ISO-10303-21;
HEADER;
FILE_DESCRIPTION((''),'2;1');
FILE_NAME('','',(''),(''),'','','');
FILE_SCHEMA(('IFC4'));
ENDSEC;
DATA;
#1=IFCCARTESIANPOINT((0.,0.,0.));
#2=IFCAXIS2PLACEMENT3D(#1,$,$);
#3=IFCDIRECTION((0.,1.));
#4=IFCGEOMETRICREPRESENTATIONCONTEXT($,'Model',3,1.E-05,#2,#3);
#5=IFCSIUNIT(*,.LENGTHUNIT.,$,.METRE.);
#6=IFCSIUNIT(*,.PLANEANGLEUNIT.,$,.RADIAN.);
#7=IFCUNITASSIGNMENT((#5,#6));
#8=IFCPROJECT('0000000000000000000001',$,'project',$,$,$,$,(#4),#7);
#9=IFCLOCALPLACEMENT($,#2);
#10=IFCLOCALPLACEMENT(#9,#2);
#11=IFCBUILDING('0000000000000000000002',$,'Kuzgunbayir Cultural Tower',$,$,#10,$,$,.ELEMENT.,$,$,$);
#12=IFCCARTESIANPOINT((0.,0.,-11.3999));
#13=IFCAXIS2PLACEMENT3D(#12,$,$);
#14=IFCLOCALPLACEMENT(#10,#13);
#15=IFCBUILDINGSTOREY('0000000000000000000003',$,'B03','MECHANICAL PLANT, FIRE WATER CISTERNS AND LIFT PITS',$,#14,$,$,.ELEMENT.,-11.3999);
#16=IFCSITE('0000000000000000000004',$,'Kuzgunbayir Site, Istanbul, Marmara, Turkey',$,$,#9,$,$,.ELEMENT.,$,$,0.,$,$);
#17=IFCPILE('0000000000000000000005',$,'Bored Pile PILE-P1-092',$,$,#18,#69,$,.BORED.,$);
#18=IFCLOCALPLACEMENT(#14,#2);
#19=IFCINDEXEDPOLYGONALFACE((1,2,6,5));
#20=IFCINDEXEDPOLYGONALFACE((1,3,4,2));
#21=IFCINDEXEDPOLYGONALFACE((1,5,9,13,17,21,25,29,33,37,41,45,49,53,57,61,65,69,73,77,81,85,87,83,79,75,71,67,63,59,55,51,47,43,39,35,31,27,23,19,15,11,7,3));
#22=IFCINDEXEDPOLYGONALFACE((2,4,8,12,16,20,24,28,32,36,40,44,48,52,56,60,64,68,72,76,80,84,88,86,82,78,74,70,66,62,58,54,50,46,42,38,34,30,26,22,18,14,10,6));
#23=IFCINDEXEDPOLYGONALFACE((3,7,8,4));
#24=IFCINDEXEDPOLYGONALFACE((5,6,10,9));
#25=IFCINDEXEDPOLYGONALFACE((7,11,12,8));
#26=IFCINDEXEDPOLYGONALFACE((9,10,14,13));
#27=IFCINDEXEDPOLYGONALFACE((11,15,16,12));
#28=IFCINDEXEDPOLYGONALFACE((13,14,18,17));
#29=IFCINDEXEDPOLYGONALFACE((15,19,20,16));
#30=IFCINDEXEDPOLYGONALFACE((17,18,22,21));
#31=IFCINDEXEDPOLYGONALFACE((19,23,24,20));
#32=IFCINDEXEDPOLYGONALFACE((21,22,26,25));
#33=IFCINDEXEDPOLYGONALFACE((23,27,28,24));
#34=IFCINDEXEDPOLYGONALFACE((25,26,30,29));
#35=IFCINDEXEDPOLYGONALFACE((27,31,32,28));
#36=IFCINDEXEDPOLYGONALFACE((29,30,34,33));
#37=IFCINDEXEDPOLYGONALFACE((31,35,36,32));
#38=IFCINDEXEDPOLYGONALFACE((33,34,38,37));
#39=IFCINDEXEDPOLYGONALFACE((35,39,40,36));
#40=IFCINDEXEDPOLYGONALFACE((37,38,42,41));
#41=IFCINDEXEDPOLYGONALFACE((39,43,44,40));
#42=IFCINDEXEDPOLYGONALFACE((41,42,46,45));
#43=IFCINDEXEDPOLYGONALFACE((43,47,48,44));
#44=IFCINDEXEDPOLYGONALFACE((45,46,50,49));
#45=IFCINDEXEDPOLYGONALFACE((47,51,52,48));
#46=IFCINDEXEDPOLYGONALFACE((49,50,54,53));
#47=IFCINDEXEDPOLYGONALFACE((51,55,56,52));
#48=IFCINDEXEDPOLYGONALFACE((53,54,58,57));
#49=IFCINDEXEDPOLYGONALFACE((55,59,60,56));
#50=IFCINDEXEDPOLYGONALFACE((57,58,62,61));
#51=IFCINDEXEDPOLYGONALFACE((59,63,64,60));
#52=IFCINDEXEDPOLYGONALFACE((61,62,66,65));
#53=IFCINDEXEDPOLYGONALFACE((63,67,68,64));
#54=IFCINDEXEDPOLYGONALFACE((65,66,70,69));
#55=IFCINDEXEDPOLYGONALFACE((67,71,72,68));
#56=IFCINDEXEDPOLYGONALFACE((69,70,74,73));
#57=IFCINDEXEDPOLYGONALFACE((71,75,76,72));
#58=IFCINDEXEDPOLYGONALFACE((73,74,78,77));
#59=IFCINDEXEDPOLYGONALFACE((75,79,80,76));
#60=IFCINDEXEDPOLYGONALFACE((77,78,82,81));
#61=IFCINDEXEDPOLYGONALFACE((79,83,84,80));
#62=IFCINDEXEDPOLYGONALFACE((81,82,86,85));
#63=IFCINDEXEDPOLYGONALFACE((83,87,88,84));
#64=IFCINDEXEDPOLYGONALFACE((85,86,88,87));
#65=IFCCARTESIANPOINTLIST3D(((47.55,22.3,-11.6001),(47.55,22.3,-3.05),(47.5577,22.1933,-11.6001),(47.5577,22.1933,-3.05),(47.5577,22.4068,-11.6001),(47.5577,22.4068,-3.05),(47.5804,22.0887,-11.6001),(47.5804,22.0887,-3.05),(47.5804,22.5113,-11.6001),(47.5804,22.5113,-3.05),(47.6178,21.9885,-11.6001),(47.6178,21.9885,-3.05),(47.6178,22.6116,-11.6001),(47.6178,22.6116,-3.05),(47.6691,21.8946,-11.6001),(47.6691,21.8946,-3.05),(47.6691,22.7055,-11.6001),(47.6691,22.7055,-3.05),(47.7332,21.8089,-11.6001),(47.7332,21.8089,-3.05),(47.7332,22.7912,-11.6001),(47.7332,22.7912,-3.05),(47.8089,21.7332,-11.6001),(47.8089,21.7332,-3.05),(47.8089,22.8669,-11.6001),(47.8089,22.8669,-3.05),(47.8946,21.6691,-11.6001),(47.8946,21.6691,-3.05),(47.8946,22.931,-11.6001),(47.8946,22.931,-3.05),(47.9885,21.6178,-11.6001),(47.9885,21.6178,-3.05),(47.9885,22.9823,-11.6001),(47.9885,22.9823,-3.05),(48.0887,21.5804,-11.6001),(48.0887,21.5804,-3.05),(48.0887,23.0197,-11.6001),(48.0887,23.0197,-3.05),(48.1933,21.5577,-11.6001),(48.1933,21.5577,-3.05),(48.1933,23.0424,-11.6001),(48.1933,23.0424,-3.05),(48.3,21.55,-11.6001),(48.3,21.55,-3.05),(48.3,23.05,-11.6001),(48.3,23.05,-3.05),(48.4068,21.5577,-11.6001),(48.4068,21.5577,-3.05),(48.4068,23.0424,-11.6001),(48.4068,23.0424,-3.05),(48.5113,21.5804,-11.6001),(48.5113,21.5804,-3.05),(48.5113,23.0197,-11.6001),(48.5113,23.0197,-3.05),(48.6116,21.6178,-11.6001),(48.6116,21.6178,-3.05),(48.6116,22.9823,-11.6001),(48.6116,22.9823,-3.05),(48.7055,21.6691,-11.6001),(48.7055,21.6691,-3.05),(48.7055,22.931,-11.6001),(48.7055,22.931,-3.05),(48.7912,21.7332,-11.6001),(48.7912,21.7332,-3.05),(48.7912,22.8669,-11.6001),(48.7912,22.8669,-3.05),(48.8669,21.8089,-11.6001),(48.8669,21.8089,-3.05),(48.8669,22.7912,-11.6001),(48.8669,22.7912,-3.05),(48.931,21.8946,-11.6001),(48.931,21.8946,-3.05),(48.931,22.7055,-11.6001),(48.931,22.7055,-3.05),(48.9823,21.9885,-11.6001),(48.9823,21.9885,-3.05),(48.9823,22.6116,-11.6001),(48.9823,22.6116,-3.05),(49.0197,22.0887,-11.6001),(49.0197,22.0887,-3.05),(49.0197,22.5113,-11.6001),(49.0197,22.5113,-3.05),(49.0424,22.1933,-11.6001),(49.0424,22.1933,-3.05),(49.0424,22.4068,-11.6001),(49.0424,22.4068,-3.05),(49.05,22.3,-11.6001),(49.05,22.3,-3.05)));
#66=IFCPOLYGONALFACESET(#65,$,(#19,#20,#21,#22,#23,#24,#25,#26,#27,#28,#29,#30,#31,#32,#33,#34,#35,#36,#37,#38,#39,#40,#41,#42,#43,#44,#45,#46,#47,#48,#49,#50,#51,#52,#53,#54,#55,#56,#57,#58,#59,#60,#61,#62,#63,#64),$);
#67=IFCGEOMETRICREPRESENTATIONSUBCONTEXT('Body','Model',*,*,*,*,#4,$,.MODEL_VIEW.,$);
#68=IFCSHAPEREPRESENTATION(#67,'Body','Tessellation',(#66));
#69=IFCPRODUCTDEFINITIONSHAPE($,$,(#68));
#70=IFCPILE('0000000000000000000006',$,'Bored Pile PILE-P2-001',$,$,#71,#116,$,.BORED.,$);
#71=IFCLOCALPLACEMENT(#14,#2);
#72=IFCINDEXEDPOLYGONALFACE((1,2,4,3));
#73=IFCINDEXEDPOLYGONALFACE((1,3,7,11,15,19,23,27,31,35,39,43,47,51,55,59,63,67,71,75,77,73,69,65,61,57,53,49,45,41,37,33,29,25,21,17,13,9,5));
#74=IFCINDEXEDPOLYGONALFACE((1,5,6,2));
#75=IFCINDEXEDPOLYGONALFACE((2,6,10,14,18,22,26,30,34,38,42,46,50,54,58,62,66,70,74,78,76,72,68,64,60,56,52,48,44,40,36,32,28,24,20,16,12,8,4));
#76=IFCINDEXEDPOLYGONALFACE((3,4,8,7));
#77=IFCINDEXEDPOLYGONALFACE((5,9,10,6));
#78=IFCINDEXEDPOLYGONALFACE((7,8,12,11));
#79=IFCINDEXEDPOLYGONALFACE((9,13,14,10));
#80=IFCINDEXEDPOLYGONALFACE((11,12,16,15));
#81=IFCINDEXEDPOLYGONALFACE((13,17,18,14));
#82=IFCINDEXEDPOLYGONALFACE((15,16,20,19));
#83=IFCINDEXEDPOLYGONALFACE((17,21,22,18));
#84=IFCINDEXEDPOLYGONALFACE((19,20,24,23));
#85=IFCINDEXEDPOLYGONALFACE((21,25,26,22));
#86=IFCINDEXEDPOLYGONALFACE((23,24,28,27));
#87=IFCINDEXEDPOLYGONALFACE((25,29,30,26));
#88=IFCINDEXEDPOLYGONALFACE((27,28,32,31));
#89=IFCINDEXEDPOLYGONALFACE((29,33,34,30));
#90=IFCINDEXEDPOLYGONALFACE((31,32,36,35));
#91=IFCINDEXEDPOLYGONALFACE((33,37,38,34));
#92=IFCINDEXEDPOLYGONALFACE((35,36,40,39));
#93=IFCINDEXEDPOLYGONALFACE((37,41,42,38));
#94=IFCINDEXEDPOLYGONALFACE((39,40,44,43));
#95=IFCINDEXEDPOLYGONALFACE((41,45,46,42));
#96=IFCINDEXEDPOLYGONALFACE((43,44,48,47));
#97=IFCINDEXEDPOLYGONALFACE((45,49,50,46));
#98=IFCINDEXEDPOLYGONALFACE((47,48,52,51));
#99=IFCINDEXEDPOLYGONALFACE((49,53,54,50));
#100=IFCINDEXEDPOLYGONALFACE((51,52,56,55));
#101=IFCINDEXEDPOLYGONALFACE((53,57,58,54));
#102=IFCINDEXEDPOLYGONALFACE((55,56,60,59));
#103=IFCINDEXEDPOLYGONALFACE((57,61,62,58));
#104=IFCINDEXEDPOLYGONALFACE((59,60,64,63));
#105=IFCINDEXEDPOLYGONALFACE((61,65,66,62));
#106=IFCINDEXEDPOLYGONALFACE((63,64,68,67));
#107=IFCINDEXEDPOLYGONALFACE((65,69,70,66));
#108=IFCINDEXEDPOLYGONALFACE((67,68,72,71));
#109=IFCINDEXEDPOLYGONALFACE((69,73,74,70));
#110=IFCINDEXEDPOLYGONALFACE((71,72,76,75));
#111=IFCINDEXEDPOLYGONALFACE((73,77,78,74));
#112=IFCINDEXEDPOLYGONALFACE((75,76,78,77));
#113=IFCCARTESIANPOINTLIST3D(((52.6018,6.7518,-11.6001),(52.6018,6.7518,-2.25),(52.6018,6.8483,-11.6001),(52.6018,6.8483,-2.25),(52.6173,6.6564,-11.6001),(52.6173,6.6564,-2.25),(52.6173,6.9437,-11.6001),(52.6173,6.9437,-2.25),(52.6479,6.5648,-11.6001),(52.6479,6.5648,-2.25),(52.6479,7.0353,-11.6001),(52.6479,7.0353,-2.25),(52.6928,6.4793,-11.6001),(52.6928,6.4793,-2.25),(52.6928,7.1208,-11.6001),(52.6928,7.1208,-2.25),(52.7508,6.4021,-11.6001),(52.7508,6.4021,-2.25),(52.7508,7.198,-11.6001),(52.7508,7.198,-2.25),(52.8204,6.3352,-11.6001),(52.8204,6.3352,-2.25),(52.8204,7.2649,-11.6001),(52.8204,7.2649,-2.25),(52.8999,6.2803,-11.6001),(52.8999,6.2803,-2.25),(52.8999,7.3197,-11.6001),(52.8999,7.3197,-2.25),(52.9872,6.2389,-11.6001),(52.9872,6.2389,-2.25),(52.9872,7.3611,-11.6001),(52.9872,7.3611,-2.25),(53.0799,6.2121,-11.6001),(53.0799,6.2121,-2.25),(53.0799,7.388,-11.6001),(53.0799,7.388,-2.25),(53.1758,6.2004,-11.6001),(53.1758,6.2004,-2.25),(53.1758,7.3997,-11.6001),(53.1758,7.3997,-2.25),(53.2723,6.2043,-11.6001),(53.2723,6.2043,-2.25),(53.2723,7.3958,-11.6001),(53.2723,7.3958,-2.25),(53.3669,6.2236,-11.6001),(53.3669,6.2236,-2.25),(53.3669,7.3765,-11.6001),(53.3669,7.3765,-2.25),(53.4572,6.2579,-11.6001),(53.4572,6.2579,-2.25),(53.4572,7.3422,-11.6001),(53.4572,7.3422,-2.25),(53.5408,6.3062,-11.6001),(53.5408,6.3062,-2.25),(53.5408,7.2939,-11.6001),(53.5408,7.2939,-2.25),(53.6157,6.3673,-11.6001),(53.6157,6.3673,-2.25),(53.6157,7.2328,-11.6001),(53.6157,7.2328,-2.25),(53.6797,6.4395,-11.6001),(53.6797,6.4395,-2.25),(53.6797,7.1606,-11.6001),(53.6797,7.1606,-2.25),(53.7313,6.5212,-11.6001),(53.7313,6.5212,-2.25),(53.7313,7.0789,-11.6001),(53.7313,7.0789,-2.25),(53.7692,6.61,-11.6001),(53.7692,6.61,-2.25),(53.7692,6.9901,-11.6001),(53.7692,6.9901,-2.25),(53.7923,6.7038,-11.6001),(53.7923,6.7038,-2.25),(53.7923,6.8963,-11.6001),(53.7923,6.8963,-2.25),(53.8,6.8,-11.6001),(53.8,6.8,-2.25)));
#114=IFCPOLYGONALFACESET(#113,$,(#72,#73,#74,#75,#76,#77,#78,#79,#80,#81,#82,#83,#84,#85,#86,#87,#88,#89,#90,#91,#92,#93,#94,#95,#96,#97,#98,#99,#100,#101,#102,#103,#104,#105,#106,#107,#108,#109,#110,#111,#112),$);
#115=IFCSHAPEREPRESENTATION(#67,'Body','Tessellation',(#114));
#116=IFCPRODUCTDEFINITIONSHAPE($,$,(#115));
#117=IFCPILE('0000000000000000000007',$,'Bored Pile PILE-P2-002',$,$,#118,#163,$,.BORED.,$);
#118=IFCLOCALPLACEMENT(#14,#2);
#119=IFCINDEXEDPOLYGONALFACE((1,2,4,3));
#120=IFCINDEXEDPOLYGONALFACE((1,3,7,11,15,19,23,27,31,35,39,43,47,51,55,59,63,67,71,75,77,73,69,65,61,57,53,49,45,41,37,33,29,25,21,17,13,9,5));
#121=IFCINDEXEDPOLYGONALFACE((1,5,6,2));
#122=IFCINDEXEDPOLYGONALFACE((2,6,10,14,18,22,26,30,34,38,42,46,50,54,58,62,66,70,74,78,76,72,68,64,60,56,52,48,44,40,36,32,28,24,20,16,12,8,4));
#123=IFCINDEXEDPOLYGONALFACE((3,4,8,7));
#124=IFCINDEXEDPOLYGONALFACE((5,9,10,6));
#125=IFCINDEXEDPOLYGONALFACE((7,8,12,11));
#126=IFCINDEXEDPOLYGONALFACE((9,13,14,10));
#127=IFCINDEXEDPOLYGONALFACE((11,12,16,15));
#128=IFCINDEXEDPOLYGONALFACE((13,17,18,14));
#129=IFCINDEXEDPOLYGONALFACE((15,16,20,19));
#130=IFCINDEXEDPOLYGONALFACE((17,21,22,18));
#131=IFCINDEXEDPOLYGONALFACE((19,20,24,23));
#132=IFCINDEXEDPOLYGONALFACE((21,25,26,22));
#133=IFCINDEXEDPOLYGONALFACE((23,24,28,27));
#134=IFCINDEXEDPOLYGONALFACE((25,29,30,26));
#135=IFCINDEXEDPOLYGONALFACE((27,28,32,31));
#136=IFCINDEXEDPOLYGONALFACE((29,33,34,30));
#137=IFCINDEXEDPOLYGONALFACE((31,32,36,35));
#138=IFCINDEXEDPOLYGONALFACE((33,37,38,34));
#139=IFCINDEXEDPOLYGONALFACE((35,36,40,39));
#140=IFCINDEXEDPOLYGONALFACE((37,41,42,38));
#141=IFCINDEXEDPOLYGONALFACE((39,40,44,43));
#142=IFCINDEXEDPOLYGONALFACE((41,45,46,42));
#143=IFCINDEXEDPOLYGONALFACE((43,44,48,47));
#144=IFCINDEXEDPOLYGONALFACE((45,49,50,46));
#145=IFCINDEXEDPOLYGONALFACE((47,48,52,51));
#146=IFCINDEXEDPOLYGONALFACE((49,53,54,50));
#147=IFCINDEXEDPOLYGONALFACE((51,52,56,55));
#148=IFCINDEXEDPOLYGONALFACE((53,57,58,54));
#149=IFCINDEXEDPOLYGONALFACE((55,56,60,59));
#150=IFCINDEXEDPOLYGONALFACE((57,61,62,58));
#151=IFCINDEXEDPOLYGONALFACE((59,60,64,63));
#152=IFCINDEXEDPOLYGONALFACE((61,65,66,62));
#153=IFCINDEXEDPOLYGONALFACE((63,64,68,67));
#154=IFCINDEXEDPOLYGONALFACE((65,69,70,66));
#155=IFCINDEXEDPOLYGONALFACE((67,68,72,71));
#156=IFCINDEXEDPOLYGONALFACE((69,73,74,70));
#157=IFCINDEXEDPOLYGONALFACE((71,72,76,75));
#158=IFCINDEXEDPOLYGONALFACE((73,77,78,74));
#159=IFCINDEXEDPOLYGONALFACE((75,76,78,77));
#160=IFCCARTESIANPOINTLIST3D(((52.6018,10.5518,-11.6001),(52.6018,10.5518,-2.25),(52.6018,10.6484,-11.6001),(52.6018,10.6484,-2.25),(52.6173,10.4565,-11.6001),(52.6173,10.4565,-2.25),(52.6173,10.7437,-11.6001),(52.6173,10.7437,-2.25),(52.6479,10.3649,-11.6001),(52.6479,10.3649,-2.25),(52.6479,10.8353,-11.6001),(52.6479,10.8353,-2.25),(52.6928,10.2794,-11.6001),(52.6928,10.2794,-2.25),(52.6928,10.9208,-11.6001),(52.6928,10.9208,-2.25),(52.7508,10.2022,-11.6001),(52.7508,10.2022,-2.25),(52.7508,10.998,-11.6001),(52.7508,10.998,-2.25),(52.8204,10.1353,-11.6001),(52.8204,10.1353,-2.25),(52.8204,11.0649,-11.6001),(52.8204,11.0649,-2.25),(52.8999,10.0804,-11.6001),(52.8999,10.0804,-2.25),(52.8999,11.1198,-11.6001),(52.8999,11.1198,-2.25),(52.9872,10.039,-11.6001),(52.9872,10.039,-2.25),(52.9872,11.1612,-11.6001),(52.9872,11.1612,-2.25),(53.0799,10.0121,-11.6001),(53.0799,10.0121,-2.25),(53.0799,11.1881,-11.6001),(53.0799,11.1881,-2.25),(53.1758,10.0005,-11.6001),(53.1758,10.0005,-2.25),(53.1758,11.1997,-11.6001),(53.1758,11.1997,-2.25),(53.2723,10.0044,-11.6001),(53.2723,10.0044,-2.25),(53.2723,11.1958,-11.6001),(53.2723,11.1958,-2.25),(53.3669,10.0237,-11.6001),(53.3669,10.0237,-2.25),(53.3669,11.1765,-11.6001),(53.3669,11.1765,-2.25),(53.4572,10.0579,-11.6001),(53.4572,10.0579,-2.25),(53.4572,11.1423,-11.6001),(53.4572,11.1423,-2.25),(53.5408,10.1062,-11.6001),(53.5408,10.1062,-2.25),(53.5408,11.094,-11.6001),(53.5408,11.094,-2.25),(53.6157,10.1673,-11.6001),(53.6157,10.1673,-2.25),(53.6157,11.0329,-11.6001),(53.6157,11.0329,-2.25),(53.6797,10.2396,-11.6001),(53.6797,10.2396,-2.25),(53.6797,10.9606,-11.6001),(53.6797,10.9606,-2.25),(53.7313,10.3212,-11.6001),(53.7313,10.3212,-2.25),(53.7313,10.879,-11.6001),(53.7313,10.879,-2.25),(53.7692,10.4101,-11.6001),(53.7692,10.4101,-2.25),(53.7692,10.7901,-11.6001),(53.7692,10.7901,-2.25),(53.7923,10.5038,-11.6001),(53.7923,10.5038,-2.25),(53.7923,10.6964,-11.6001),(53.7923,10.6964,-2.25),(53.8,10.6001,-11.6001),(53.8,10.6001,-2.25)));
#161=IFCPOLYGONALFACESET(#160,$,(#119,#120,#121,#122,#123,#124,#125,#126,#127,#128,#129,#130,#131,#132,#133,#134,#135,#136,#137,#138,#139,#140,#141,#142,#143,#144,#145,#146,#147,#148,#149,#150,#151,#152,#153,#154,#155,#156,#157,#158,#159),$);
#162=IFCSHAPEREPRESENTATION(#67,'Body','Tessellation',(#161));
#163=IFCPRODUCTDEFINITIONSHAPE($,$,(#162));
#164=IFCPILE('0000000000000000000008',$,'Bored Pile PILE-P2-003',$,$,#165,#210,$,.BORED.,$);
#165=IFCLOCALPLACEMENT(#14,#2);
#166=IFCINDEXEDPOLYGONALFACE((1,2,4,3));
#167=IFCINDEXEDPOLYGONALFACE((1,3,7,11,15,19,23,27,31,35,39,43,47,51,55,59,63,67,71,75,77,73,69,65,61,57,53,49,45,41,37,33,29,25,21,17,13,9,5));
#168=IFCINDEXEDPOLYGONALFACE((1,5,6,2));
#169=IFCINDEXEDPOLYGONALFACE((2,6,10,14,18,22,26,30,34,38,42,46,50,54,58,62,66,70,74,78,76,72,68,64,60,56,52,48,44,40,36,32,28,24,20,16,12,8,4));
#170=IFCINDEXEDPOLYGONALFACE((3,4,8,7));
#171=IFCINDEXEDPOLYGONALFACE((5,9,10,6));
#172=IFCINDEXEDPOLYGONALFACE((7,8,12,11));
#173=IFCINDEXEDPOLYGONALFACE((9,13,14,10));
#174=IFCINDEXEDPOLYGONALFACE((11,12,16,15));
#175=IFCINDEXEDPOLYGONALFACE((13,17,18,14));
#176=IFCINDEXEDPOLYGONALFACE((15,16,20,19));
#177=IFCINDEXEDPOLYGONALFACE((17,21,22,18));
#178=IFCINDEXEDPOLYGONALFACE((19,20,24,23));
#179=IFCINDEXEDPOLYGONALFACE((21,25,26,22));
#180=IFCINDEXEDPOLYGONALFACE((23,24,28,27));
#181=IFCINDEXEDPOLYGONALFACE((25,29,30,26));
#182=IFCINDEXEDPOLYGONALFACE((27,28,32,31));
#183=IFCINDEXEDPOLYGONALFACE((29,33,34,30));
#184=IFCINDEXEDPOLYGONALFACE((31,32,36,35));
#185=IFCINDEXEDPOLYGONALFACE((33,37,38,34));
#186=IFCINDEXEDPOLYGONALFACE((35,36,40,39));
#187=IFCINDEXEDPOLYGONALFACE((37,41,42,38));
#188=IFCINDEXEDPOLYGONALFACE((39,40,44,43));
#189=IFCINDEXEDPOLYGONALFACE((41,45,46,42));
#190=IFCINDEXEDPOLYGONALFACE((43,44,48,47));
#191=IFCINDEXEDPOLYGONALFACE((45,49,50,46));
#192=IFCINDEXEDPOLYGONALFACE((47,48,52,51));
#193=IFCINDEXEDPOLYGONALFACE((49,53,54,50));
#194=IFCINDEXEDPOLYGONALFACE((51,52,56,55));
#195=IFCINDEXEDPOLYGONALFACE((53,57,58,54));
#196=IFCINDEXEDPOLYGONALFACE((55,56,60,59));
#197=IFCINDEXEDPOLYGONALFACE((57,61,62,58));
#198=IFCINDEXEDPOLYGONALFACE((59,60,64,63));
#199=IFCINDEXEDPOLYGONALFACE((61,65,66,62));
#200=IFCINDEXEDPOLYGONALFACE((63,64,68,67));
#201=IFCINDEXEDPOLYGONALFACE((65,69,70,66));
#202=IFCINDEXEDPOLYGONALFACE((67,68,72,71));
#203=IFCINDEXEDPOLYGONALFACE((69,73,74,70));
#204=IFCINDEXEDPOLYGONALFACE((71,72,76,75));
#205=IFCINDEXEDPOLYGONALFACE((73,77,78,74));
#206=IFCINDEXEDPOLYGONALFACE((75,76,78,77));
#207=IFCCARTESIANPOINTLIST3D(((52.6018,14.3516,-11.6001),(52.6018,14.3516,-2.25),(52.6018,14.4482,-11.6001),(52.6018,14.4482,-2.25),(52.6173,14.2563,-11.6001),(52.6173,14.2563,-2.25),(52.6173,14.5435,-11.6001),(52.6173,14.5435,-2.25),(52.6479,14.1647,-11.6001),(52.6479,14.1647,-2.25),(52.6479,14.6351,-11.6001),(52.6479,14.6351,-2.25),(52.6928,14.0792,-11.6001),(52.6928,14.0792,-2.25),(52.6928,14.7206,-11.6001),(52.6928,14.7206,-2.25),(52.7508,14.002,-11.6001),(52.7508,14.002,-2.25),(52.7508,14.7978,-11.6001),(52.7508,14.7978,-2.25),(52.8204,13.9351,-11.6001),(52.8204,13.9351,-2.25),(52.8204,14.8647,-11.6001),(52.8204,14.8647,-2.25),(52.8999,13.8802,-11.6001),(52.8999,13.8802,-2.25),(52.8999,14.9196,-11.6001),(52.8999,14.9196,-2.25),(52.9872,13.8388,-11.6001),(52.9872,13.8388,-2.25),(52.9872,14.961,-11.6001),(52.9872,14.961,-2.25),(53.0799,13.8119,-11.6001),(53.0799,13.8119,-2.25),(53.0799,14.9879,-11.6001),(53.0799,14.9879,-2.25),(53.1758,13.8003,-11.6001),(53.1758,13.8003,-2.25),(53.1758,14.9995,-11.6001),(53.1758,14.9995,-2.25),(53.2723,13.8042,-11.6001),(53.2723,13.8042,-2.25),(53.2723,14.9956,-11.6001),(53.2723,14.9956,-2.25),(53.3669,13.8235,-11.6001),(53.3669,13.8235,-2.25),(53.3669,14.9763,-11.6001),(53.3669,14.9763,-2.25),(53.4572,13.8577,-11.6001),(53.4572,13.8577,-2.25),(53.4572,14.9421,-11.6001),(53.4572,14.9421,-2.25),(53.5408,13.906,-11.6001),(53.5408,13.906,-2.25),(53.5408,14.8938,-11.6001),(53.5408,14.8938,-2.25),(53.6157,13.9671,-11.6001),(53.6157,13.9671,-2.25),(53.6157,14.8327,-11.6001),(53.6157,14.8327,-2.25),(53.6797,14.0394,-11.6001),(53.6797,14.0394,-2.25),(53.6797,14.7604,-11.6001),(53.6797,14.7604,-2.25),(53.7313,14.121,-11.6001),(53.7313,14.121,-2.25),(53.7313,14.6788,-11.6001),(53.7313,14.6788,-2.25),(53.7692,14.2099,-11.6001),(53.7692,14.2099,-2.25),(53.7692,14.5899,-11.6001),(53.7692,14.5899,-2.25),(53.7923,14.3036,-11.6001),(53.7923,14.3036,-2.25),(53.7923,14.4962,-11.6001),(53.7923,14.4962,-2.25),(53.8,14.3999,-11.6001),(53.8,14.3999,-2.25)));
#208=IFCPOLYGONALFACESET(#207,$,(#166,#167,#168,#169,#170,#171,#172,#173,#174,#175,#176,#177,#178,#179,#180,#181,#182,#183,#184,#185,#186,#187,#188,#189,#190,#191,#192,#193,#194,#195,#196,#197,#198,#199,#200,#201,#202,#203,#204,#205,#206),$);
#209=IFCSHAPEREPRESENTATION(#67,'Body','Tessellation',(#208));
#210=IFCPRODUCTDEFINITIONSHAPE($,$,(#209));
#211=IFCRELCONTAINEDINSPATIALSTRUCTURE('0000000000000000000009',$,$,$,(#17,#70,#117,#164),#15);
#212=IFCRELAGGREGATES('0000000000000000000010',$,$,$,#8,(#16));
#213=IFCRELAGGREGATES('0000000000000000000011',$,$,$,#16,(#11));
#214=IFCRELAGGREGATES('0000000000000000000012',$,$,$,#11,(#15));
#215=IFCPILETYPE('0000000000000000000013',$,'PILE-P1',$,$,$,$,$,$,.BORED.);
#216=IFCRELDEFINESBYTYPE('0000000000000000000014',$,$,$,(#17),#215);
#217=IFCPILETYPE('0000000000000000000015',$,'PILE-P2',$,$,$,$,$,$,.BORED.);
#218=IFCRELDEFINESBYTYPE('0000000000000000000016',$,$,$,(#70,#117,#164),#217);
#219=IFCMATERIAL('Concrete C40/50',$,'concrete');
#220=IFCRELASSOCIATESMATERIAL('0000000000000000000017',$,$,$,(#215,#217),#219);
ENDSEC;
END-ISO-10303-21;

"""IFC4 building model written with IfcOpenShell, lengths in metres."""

from ifc_helpers import new_model, si_unit, direction, frame, origin, origin_2d, place, context, subcontext, project, spatial, circle, extrude, material, material_profile, profile_set, type_object, element, save


model = new_model("IFC4")

# Units and contexts
model_context = context("Model", 3, precision=1e-05, world=origin(), true_north=direction((0.0, 1.0)))
body_context = subcontext(model_context, "Body", "Model", "MODEL_VIEW")
ifc_project = project(units=[si_unit("LENGTHUNIT", "METRE"), si_unit("PLANEANGLEUNIT", "RADIAN")], contexts=[model_context])

# Site, building, storey
site_placement = place(None, origin())
site = spatial("IfcSite", under=ifc_project, at=site_placement, Name="Kuzgunbayir Site, Istanbul, Marmara, Turkey", CompositionType="ELEMENT", RefElevation=0.0)
building_placement = place(site_placement, origin())
building = spatial("IfcBuilding", under=site, at=building_placement, Name="Kuzgunbayir Cultural Tower", CompositionType="ELEMENT")
storey_placement = place(building_placement, frame((0.0, 0.0, -11.3999)))
storey = spatial("IfcBuildingStorey", under=building, at=storey_placement, Name="B03", Description="MECHANICAL PLANT, FIRE WATER CISTERNS AND LIFT PITS", CompositionType="ELEMENT", Elevation=-11.3999)

# Piles
ifc_material_1 = material(Name="Concrete C40/50", Category="concrete")
ifc_material_profile_1 = material_profile(ifc_material_1, circle(Radius=0.75, at=origin_2d()), Name="BORED PILE 1500")
ifc_profile_set_1 = profile_set([ifc_material_profile_1], Name="Concrete C40/50")
pile_type_1 = type_object("IfcPileType", Name="PILE-P1", PredefinedType="BORED", material=ifc_profile_set_1)
for number, where, z_axis, x_axis, name in (
    (1, (48.3, 22.3, -3.05), (0.0, 0.0, -1.0), (1.0, 0.0, 0.0), "Bored Pile PILE-P1-092"),
):
    element("IfcPile", number, at=place(storey_placement, frame(where, z_axis=z_axis, x_axis=x_axis)), inside=storey, type_object=pile_type_1, Name=name, PredefinedType="BORED", context=body_context, shape_type="SweptSolid", body=[
        extrude(circle(Radius=0.75, at=origin_2d()), origin(), (0.0, 0.0, 1.0), 8.55),
    ])
ifc_material_profile_2 = material_profile(ifc_material_1, circle(Radius=0.6001, at=origin_2d()), Name="BORED PILE 1200")
ifc_profile_set_2 = profile_set([ifc_material_profile_2], Name="Concrete C40/50")
pile_type_2 = type_object("IfcPileType", Name="PILE-P2", PredefinedType="BORED", material=ifc_profile_set_2)
for number, where, z_axis, x_axis, name in (
    (2, (53.2, 6.8, -2.25), (0.0, 0.0, -1.0), (1.0, 0.0, 0.0), "Bored Pile PILE-P2-001"),
    (3, (53.2, 10.6001, -2.25), (0.0, 0.0, -1.0), (1.0, 0.0, 0.0), "Bored Pile PILE-P2-002"),
    (4, (53.2, 14.3999, -2.25), (0.0, 0.0, -1.0), (1.0, 0.0, 0.0), "Bored Pile PILE-P2-003"),
):
    element("IfcPile", number, at=place(storey_placement, frame(where, z_axis=z_axis, x_axis=x_axis)), inside=storey, type_object=pile_type_2, Name=name, PredefinedType="BORED", context=body_context, shape_type="SweptSolid", body=[
        extrude(circle(Radius=0.6001, at=origin_2d()), origin(), (0.0, 0.0, 1.0), 9.3501),
    ])

save(model, "model.ifc")
